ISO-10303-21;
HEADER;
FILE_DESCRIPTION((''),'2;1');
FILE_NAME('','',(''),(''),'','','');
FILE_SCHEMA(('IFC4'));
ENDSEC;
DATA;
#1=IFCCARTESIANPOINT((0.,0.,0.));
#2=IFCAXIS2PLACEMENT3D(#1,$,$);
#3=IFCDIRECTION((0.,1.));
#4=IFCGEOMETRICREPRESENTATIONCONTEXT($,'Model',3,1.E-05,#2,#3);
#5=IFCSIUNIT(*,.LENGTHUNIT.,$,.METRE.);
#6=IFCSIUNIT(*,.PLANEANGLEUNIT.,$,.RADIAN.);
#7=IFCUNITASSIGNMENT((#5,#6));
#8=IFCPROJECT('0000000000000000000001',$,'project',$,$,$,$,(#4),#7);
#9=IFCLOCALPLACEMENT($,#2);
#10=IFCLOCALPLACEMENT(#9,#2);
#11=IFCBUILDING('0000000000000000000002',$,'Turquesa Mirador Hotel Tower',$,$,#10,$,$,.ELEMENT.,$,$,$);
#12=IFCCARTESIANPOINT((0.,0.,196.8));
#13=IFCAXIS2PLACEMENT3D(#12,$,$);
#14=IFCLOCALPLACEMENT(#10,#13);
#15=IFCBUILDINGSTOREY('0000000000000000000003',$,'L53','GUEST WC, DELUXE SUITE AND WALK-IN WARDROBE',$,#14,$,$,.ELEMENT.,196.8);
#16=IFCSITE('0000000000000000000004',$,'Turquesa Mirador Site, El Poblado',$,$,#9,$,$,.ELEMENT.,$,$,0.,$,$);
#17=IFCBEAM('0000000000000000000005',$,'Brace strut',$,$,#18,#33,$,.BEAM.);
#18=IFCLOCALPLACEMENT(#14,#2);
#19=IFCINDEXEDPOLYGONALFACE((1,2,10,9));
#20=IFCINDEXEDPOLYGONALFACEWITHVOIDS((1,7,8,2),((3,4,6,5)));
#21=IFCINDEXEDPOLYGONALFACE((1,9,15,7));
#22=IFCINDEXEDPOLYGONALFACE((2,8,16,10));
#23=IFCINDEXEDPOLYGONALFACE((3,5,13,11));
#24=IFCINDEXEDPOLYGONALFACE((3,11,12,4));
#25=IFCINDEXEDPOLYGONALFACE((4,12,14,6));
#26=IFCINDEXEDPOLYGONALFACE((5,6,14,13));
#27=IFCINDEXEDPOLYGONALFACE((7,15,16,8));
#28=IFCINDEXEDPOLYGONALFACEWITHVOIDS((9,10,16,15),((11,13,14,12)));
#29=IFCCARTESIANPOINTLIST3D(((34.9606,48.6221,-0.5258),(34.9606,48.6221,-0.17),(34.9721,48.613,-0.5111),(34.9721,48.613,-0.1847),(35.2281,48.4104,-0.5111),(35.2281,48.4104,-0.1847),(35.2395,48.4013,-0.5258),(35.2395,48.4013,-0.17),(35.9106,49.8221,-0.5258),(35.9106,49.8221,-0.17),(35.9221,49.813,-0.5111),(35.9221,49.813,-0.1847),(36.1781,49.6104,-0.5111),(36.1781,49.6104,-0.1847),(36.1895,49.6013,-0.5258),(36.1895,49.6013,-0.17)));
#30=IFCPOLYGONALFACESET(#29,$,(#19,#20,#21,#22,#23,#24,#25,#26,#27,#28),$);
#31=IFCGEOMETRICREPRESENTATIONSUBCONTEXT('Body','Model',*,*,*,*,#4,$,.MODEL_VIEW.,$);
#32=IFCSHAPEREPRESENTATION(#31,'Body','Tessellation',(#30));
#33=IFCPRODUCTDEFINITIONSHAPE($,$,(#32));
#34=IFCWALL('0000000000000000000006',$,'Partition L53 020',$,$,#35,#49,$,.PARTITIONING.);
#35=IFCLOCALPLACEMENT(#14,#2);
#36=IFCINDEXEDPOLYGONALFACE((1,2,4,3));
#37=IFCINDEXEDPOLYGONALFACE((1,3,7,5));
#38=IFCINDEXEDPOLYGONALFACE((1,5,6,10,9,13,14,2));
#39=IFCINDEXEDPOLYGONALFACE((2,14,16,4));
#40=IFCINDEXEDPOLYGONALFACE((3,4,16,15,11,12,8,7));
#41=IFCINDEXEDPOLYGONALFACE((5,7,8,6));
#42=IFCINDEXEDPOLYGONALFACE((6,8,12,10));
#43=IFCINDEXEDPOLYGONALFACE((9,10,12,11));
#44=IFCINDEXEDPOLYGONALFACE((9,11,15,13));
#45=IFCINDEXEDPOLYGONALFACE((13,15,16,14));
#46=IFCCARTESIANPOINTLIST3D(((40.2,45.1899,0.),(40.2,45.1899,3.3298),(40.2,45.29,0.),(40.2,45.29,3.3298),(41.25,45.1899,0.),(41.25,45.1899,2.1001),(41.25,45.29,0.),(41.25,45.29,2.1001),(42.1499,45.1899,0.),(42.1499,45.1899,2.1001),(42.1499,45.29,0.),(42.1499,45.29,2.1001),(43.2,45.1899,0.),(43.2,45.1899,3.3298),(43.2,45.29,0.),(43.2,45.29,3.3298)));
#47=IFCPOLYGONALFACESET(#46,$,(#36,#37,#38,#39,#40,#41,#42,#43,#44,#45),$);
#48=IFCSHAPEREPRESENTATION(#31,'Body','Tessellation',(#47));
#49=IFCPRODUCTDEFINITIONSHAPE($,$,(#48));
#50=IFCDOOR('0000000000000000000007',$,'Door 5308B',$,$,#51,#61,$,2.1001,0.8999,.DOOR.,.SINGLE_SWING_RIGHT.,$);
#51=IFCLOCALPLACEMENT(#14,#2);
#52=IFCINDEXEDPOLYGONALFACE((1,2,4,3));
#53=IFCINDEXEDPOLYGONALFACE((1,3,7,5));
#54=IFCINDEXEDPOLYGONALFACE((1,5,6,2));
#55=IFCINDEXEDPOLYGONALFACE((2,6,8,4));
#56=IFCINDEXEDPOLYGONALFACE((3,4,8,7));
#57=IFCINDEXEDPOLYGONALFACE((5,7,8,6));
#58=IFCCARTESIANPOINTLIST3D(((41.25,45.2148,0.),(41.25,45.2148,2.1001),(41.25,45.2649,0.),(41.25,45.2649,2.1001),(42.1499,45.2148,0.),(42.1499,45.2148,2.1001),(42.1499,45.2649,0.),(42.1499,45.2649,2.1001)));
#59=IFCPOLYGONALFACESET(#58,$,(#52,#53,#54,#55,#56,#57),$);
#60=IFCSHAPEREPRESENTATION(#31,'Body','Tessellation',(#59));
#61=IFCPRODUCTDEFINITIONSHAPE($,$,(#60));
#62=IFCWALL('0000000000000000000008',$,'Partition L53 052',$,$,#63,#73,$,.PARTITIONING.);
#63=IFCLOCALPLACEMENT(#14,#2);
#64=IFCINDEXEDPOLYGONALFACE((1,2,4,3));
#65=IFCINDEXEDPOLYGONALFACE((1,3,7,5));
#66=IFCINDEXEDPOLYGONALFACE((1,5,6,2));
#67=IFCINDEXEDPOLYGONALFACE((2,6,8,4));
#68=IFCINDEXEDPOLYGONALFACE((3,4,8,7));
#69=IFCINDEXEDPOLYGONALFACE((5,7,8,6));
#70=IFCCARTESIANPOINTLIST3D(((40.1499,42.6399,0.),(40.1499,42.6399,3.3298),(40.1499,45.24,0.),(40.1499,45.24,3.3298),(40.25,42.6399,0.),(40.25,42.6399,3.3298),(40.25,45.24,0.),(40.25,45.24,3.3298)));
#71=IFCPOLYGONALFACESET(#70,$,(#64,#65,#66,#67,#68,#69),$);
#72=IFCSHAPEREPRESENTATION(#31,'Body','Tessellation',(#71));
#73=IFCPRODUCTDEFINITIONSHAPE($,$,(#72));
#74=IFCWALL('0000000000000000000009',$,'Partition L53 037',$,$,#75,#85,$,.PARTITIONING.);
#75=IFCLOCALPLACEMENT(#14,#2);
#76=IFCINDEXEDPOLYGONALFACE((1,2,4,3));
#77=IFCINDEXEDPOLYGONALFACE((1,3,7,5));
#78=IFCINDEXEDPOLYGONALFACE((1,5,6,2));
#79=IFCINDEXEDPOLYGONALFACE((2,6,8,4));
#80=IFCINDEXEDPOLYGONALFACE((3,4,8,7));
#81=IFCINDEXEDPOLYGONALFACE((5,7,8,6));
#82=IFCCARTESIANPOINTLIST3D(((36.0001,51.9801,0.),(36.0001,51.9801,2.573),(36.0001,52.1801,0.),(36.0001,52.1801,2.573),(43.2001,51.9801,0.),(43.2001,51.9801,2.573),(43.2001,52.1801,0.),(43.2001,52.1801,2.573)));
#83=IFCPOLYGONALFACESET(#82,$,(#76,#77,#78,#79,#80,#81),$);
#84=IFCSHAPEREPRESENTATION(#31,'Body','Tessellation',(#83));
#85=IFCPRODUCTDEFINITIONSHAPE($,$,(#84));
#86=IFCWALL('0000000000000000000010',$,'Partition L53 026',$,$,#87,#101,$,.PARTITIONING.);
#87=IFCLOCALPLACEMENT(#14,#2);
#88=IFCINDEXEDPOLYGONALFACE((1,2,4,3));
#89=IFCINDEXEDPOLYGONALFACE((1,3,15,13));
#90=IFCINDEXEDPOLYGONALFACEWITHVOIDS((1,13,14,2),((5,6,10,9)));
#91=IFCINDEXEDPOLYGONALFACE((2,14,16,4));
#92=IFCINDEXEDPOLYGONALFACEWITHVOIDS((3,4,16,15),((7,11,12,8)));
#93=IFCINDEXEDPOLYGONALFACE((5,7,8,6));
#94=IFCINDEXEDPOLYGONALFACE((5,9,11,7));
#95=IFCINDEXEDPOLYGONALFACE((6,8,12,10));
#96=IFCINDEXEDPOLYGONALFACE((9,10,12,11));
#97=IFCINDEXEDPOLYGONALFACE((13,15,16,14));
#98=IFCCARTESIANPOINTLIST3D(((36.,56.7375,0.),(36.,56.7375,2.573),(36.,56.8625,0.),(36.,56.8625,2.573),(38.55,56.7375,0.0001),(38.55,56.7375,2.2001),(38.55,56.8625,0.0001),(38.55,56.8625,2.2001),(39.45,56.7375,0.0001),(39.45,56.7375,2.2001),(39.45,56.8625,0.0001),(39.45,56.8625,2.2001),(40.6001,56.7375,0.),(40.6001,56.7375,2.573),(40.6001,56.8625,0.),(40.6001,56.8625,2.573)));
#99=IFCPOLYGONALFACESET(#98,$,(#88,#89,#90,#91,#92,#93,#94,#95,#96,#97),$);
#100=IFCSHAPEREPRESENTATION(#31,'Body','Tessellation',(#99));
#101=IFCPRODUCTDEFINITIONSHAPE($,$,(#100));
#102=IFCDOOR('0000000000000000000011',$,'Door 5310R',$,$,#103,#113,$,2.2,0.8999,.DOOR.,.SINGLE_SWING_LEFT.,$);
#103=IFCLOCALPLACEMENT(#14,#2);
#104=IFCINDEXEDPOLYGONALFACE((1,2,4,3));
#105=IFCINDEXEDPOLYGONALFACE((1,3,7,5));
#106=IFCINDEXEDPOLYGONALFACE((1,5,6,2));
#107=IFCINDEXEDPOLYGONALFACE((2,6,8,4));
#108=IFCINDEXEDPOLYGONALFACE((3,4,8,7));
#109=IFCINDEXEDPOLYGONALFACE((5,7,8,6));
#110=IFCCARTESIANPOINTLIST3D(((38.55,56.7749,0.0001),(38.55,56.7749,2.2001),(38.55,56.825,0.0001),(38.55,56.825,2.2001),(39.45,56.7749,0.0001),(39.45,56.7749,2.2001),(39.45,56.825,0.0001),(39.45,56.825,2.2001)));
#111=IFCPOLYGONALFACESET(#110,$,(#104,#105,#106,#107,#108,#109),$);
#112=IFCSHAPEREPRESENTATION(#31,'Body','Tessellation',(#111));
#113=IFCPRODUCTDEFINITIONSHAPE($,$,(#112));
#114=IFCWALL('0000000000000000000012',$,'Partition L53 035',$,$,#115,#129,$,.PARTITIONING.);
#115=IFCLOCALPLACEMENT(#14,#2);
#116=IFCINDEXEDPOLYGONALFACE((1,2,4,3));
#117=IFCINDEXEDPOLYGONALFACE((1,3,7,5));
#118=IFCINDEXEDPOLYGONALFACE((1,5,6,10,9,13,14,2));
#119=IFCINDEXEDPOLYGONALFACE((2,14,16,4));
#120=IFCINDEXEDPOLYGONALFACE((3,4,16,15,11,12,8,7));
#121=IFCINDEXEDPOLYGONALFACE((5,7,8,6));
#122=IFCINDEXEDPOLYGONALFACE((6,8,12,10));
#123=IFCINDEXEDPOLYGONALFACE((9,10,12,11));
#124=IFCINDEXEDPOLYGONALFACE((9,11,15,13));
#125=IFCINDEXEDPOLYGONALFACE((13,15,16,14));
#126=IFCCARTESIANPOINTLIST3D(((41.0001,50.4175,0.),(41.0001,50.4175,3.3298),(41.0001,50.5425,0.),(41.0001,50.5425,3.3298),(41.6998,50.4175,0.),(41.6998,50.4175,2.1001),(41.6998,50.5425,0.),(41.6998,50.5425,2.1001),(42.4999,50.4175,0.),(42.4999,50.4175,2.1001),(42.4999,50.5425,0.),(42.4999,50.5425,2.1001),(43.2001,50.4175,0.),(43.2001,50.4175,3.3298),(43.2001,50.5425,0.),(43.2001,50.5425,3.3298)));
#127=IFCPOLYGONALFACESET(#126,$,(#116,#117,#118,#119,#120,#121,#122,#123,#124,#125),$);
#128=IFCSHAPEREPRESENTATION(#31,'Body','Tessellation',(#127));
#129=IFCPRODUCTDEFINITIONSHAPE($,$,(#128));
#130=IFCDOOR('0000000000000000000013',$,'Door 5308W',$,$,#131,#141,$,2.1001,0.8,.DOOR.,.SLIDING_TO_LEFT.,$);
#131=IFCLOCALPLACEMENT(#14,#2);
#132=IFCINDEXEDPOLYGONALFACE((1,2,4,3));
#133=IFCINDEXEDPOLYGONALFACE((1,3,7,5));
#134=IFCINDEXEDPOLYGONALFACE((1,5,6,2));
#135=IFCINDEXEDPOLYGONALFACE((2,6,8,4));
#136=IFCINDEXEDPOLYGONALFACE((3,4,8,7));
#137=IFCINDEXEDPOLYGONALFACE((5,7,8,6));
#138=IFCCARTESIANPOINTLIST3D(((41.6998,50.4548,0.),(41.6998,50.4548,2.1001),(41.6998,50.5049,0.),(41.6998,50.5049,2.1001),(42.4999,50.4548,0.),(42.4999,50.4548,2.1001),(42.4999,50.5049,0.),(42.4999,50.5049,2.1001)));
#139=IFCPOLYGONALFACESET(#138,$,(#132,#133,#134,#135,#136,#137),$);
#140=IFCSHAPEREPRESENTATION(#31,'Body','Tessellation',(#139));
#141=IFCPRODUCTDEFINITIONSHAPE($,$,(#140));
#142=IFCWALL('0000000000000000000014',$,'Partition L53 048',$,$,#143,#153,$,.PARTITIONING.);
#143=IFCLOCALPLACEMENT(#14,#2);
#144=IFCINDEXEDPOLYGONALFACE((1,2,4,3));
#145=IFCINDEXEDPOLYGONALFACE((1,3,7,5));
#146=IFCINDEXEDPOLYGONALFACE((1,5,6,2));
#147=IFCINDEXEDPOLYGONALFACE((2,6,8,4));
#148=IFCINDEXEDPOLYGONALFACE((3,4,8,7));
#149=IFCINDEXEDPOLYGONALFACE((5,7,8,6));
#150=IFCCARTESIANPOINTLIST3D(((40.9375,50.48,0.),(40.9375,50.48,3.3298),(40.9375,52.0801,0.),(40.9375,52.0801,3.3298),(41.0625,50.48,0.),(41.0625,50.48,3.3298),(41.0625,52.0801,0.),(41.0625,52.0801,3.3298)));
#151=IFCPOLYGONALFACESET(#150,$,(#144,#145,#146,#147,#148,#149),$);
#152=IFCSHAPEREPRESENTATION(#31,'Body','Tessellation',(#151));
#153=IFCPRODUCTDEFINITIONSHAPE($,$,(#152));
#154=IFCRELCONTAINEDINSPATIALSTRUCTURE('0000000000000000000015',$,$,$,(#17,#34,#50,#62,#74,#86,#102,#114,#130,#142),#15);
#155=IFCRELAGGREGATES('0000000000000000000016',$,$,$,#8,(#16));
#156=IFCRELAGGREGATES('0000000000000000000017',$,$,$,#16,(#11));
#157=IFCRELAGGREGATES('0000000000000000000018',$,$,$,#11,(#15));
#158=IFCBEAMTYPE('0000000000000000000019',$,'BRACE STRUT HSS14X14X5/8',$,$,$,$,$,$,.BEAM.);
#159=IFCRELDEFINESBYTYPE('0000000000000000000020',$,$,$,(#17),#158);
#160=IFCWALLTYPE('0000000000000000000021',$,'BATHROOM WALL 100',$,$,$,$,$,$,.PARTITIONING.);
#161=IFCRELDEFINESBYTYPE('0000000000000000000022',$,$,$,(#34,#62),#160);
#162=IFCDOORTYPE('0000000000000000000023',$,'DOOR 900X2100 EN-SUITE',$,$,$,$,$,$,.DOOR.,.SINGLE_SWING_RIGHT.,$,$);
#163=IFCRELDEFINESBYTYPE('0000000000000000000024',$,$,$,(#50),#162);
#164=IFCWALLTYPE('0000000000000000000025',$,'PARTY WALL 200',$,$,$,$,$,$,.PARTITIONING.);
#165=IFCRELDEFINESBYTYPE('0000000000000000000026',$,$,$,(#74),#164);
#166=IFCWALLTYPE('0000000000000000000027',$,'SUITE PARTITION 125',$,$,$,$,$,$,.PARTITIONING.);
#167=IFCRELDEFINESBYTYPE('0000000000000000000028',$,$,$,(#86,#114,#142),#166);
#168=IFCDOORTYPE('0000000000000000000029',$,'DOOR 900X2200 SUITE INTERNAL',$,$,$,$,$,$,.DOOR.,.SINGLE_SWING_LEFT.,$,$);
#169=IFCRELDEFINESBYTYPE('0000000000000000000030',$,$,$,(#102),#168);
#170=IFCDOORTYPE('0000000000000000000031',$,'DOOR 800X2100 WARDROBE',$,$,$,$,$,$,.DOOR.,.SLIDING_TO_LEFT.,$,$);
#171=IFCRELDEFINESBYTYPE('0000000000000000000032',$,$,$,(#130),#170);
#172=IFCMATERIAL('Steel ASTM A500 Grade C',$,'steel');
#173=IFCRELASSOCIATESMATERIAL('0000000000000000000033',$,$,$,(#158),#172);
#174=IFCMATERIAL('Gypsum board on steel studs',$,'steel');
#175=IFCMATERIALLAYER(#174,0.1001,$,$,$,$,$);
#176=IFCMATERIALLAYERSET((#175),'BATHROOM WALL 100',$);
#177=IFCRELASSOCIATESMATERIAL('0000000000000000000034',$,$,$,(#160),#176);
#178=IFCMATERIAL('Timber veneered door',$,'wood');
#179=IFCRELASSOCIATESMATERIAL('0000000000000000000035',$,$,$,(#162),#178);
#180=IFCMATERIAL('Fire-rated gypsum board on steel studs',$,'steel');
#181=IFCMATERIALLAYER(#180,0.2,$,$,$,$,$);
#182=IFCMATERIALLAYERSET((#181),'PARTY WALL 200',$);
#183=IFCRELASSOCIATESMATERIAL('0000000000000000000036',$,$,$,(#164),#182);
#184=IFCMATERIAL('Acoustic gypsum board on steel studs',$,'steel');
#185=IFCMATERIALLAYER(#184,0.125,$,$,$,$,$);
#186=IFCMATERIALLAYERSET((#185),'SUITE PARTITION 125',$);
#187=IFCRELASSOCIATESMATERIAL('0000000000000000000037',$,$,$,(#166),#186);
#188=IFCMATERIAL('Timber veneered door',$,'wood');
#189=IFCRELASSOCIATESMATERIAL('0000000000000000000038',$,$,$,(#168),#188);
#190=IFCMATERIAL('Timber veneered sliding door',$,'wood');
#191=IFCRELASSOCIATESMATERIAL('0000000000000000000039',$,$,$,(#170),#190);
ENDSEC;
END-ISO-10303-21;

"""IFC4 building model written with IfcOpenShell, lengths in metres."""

from ifc_helpers import new_model, si_unit, direction, frame, frame_2d, origin, origin_2d, place, context, subcontext, project, spatial, rectangle, hollow_rectangle, extrude, material, layer, layer_set, material_profile, profile_set, type_object, element, fill, save


model = new_model("IFC4")

# Units and contexts
model_context = context("Model", 3, precision=1e-05, world=origin(), true_north=direction((0.0, 1.0)))
body_context = subcontext(model_context, "Body", "Model", "MODEL_VIEW")
ifc_project = project(units=[si_unit("LENGTHUNIT", "METRE"), si_unit("PLANEANGLEUNIT", "RADIAN")], contexts=[model_context])

# Site, building, storey
site_placement = place(None, origin())
site = spatial("IfcSite", under=ifc_project, at=site_placement, Name="Turquesa Mirador Site, El Poblado", CompositionType="ELEMENT", RefElevation=0.0)
building_placement = place(site_placement, origin())
building = spatial("IfcBuilding", under=site, at=building_placement, Name="Turquesa Mirador Hotel Tower", CompositionType="ELEMENT")
storey_placement = place(building_placement, frame((0.0, 0.0, 196.8)))
storey = spatial("IfcBuildingStorey", under=building, at=storey_placement, Name="L53", Description="GUEST WC, DELUXE SUITE AND WALK-IN WARDROBE", CompositionType="ELEMENT", Elevation=196.8)

# Beam
ifc_material_1 = material(Name="Steel ASTM A500 Grade C", Category="steel")
ifc_material_profile_1 = material_profile(ifc_material_1, hollow_rectangle(XDim=0.3557, YDim=0.3557, WallThickness=0.0146, at=origin_2d()), Name="HSS14X14X5/8")
ifc_profile_set_1 = profile_set([ifc_material_profile_1], Name="Steel ASTM A500 Grade C")
beam_type_1 = type_object("IfcBeamType", Name="BRACE STRUT HSS14X14X5/8", PredefinedType="BEAM", material=ifc_profile_set_1)
for number, where, z_axis, x_axis, name in (
    (1, (35.1001, 48.5117, -0.3479), (0.620699, 0.784049, 0.0), (-0.784049, 0.620699, 0.0), "Brace strut"),
):
    element("IfcBeam", number, at=place(storey_placement, frame(where, z_axis=z_axis, x_axis=x_axis)), inside=storey, type_object=beam_type_1, Name=name, PredefinedType="BEAM", context=body_context, shape_type="SweptSolid", body=[
        extrude(hollow_rectangle(XDim=0.3557, YDim=0.3557, WallThickness=0.0146, at=origin_2d()), origin(), (0.0, 0.0, 1.0), 1.5305),
    ])

# Wall, opening, door
ifc_material_2 = material(Name="Gypsum board on steel studs", Category="steel")
ifc_layer_1 = layer(ifc_material_2, 0.1001)
ifc_layer_set_1 = layer_set([ifc_layer_1], Name="BATHROOM WALL 100")
wall_type_1 = type_object("IfcWallType", Name="BATHROOM WALL 100", PredefinedType="PARTITIONING", material=ifc_layer_set_1)
wall_1_placement = place(storey_placement, frame((40.2, 45.24, 0.0), z_axis=(0.0, 0.0, 1.0), x_axis=(1.0, 0.0, 0.0)))
wall_1 = element("IfcWall", 2, at=wall_1_placement, inside=storey, type_object=wall_type_1, Name="Partition L53 020", PredefinedType="PARTITIONING", context=body_context, shape_type="SweptSolid", body=[
    extrude(rectangle(XDim=3.0, YDim=0.1001, at=frame_2d((1.5, 0.0))), origin(), (0.0, 0.0, 1.0), 3.3298),
])
opening_1_placement = place(wall_1_placement, frame((1.05, 0.0, 0.0)))
opening_1 = element("IfcOpeningElement", 3, at=opening_1_placement, cuts=wall_1, PredefinedType="OPENING", context=body_context, shape_type="SweptSolid", body=[
    extrude(rectangle(XDim=0.8999, YDim=2.1001, at=frame_2d((0.45, 1.05))), frame((0.0, 0.0601, 0.0), z_axis=(0.0, -1.0, 0.0), x_axis=(1.0, 0.0, 0.0)), (0.0, 0.0, 1.0), 0.1201),
])
ifc_material_3 = material(Name="Timber veneered door", Category="wood")
door_type_1 = type_object("IfcDoorType", Name="DOOR 900X2100 EN-SUITE", OperationType="SINGLE_SWING_RIGHT", PredefinedType="DOOR", material=ifc_material_3)
door_1_placement = place(opening_1_placement, origin())
door_1 = element("IfcDoor", 4, at=door_1_placement, inside=storey, type_object=door_type_1, Name="Door 5308B", OperationType="SINGLE_SWING_RIGHT", OverallHeight=2.1001, OverallWidth=0.8999, PredefinedType="DOOR", context=body_context, shape_type="SweptSolid", body=[
    extrude(rectangle(XDim=0.8999, YDim=2.1001, at=frame_2d((0.45, 1.05))), frame((0.0, 0.0249, 0.0), z_axis=(0.0, -1.0, 0.0), x_axis=(1.0, 0.0, 0.0)), (0.0, 0.0, 1.0), 0.05),
])
fill(opening_1, door_1)

# Walls
wall_2_placement = place(storey_placement, frame((40.2, 42.6399, 0.0), z_axis=(0.0, 0.0, 1.0), x_axis=(0.0, 1.0, 0.0)))
element("IfcWall", 5, at=wall_2_placement, inside=storey, type_object=wall_type_1, Name="Partition L53 052", PredefinedType="PARTITIONING", context=body_context, shape_type="SweptSolid", body=[
    extrude(rectangle(XDim=2.6001, YDim=0.1001, at=frame_2d((1.3, 0.0))), origin(), (0.0, 0.0, 1.0), 3.3298),
])
ifc_material_4 = material(Name="Fire-rated gypsum board on steel studs", Category="steel")
ifc_layer_2 = layer(ifc_material_4, 0.2)
ifc_layer_set_2 = layer_set([ifc_layer_2], Name="PARTY WALL 200")
wall_type_2 = type_object("IfcWallType", Name="PARTY WALL 200", PredefinedType="PARTITIONING", material=ifc_layer_set_2)
wall_3_placement = place(storey_placement, frame((36.0, 52.0801, 0.0), z_axis=(0.0, 0.0, 1.0), x_axis=(1.0, 0.0, 0.0)))
element("IfcWall", 6, at=wall_3_placement, inside=storey, type_object=wall_type_2, Name="Partition L53 037", PredefinedType="PARTITIONING", context=body_context, shape_type="SweptSolid", body=[
    extrude(rectangle(XDim=7.2, YDim=0.2, at=frame_2d((3.6001, 0.0))), origin(), (0.0, 0.0, 1.0), 2.573),
])

# Walls, openings, doors
ifc_material_5 = material(Name="Acoustic gypsum board on steel studs", Category="steel")
ifc_layer_3 = layer(ifc_material_5, 0.125)
ifc_layer_set_3 = layer_set([ifc_layer_3], Name="SUITE PARTITION 125")
wall_type_3 = type_object("IfcWallType", Name="SUITE PARTITION 125", PredefinedType="PARTITIONING", material=ifc_layer_set_3)
wall_4_placement = place(storey_placement, frame((36.0, 56.8, 0.0), z_axis=(0.0, 0.0, 1.0), x_axis=(1.0, 0.0, 0.0)))
wall_4 = element("IfcWall", 7, at=wall_4_placement, inside=storey, type_object=wall_type_3, Name="Partition L53 026", PredefinedType="PARTITIONING", context=body_context, shape_type="SweptSolid", body=[
    extrude(rectangle(XDim=4.6001, YDim=0.125, at=frame_2d((2.3, 0.0))), origin(), (0.0, 0.0, 1.0), 2.573),
])
opening_2_placement = place(wall_4_placement, frame((2.55, 0.0, 0.0)))
opening_2 = element("IfcOpeningElement", 8, at=opening_2_placement, cuts=wall_4, PredefinedType="OPENING", context=body_context, shape_type="SweptSolid", body=[
    extrude(rectangle(XDim=0.8999, YDim=2.2, at=frame_2d((0.45, 1.1001))), frame((0.0, 0.0725, 0.0), z_axis=(0.0, -1.0, 0.0), x_axis=(1.0, 0.0, 0.0)), (0.0, 0.0, 1.0), 0.145),
])
ifc_material_6 = material(Name="Timber veneered door", Category="wood")
door_type_2 = type_object("IfcDoorType", Name="DOOR 900X2200 SUITE INTERNAL", OperationType="SINGLE_SWING_LEFT", PredefinedType="DOOR", material=ifc_material_6)
door_2_placement = place(opening_2_placement, origin())
door_2 = element("IfcDoor", 9, at=door_2_placement, inside=storey, type_object=door_type_2, Name="Door 5310R", OperationType="SINGLE_SWING_LEFT", OverallHeight=2.2, OverallWidth=0.8999, PredefinedType="DOOR", context=body_context, shape_type="SweptSolid", body=[
    extrude(rectangle(XDim=0.8999, YDim=2.2, at=frame_2d((0.45, 1.1001))), frame((0.0, 0.0249, 0.0), z_axis=(0.0, -1.0, 0.0), x_axis=(1.0, 0.0, 0.0)), (0.0, 0.0, 1.0), 0.05),
])
fill(opening_2, door_2)
wall_5_placement = place(storey_placement, frame((41.0, 50.48, 0.0), z_axis=(0.0, 0.0, 1.0), x_axis=(1.0, 0.0, 0.0)))
wall_5 = element("IfcWall", 10, at=wall_5_placement, inside=storey, type_object=wall_type_3, Name="Partition L53 035", PredefinedType="PARTITIONING", context=body_context, shape_type="SweptSolid", body=[
    extrude(rectangle(XDim=2.2, YDim=0.125, at=frame_2d((1.1001, 0.0))), origin(), (0.0, 0.0, 1.0), 3.3298),
])
opening_3_placement = place(wall_5_placement, frame((0.7, 0.0, 0.0)))
opening_3 = element("IfcOpeningElement", 11, at=opening_3_placement, cuts=wall_5, PredefinedType="OPENING", context=body_context, shape_type="SweptSolid", body=[
    extrude(rectangle(XDim=0.8, YDim=2.1001, at=frame_2d((0.3999, 1.05))), frame((0.0, 0.0725, 0.0), z_axis=(0.0, -1.0, 0.0), x_axis=(1.0, 0.0, 0.0)), (0.0, 0.0, 1.0), 0.145),
])
ifc_material_7 = material(Name="Timber veneered sliding door", Category="wood")
door_type_3 = type_object("IfcDoorType", Name="DOOR 800X2100 WARDROBE", OperationType="SLIDING_TO_LEFT", PredefinedType="DOOR", material=ifc_material_7)
door_3_placement = place(opening_3_placement, origin())
door_3 = element("IfcDoor", 12, at=door_3_placement, inside=storey, type_object=door_type_3, Name="Door 5308W", OperationType="SLIDING_TO_LEFT", OverallHeight=2.1001, OverallWidth=0.8, PredefinedType="DOOR", context=body_context, shape_type="SweptSolid", body=[
    extrude(rectangle(XDim=0.8, YDim=2.1001, at=frame_2d((0.3999, 1.05))), frame((0.0, 0.0249, 0.0), z_axis=(0.0, -1.0, 0.0), x_axis=(1.0, 0.0, 0.0)), (0.0, 0.0, 1.0), 0.05),
])
fill(opening_3, door_3)

# Wall
wall_6_placement = place(storey_placement, frame((41.0, 50.48, 0.0), z_axis=(0.0, 0.0, 1.0), x_axis=(0.0, 1.0, 0.0)))
element("IfcWall", 13, at=wall_6_placement, inside=storey, type_object=wall_type_3, Name="Partition L53 048", PredefinedType="PARTITIONING", context=body_context, shape_type="SweptSolid", body=[
    extrude(rectangle(XDim=1.6001, YDim=0.125, at=frame_2d((0.8, 0.0))), origin(), (0.0, 0.0, 1.0), 3.3298),
])

save(model, "model.ifc")
